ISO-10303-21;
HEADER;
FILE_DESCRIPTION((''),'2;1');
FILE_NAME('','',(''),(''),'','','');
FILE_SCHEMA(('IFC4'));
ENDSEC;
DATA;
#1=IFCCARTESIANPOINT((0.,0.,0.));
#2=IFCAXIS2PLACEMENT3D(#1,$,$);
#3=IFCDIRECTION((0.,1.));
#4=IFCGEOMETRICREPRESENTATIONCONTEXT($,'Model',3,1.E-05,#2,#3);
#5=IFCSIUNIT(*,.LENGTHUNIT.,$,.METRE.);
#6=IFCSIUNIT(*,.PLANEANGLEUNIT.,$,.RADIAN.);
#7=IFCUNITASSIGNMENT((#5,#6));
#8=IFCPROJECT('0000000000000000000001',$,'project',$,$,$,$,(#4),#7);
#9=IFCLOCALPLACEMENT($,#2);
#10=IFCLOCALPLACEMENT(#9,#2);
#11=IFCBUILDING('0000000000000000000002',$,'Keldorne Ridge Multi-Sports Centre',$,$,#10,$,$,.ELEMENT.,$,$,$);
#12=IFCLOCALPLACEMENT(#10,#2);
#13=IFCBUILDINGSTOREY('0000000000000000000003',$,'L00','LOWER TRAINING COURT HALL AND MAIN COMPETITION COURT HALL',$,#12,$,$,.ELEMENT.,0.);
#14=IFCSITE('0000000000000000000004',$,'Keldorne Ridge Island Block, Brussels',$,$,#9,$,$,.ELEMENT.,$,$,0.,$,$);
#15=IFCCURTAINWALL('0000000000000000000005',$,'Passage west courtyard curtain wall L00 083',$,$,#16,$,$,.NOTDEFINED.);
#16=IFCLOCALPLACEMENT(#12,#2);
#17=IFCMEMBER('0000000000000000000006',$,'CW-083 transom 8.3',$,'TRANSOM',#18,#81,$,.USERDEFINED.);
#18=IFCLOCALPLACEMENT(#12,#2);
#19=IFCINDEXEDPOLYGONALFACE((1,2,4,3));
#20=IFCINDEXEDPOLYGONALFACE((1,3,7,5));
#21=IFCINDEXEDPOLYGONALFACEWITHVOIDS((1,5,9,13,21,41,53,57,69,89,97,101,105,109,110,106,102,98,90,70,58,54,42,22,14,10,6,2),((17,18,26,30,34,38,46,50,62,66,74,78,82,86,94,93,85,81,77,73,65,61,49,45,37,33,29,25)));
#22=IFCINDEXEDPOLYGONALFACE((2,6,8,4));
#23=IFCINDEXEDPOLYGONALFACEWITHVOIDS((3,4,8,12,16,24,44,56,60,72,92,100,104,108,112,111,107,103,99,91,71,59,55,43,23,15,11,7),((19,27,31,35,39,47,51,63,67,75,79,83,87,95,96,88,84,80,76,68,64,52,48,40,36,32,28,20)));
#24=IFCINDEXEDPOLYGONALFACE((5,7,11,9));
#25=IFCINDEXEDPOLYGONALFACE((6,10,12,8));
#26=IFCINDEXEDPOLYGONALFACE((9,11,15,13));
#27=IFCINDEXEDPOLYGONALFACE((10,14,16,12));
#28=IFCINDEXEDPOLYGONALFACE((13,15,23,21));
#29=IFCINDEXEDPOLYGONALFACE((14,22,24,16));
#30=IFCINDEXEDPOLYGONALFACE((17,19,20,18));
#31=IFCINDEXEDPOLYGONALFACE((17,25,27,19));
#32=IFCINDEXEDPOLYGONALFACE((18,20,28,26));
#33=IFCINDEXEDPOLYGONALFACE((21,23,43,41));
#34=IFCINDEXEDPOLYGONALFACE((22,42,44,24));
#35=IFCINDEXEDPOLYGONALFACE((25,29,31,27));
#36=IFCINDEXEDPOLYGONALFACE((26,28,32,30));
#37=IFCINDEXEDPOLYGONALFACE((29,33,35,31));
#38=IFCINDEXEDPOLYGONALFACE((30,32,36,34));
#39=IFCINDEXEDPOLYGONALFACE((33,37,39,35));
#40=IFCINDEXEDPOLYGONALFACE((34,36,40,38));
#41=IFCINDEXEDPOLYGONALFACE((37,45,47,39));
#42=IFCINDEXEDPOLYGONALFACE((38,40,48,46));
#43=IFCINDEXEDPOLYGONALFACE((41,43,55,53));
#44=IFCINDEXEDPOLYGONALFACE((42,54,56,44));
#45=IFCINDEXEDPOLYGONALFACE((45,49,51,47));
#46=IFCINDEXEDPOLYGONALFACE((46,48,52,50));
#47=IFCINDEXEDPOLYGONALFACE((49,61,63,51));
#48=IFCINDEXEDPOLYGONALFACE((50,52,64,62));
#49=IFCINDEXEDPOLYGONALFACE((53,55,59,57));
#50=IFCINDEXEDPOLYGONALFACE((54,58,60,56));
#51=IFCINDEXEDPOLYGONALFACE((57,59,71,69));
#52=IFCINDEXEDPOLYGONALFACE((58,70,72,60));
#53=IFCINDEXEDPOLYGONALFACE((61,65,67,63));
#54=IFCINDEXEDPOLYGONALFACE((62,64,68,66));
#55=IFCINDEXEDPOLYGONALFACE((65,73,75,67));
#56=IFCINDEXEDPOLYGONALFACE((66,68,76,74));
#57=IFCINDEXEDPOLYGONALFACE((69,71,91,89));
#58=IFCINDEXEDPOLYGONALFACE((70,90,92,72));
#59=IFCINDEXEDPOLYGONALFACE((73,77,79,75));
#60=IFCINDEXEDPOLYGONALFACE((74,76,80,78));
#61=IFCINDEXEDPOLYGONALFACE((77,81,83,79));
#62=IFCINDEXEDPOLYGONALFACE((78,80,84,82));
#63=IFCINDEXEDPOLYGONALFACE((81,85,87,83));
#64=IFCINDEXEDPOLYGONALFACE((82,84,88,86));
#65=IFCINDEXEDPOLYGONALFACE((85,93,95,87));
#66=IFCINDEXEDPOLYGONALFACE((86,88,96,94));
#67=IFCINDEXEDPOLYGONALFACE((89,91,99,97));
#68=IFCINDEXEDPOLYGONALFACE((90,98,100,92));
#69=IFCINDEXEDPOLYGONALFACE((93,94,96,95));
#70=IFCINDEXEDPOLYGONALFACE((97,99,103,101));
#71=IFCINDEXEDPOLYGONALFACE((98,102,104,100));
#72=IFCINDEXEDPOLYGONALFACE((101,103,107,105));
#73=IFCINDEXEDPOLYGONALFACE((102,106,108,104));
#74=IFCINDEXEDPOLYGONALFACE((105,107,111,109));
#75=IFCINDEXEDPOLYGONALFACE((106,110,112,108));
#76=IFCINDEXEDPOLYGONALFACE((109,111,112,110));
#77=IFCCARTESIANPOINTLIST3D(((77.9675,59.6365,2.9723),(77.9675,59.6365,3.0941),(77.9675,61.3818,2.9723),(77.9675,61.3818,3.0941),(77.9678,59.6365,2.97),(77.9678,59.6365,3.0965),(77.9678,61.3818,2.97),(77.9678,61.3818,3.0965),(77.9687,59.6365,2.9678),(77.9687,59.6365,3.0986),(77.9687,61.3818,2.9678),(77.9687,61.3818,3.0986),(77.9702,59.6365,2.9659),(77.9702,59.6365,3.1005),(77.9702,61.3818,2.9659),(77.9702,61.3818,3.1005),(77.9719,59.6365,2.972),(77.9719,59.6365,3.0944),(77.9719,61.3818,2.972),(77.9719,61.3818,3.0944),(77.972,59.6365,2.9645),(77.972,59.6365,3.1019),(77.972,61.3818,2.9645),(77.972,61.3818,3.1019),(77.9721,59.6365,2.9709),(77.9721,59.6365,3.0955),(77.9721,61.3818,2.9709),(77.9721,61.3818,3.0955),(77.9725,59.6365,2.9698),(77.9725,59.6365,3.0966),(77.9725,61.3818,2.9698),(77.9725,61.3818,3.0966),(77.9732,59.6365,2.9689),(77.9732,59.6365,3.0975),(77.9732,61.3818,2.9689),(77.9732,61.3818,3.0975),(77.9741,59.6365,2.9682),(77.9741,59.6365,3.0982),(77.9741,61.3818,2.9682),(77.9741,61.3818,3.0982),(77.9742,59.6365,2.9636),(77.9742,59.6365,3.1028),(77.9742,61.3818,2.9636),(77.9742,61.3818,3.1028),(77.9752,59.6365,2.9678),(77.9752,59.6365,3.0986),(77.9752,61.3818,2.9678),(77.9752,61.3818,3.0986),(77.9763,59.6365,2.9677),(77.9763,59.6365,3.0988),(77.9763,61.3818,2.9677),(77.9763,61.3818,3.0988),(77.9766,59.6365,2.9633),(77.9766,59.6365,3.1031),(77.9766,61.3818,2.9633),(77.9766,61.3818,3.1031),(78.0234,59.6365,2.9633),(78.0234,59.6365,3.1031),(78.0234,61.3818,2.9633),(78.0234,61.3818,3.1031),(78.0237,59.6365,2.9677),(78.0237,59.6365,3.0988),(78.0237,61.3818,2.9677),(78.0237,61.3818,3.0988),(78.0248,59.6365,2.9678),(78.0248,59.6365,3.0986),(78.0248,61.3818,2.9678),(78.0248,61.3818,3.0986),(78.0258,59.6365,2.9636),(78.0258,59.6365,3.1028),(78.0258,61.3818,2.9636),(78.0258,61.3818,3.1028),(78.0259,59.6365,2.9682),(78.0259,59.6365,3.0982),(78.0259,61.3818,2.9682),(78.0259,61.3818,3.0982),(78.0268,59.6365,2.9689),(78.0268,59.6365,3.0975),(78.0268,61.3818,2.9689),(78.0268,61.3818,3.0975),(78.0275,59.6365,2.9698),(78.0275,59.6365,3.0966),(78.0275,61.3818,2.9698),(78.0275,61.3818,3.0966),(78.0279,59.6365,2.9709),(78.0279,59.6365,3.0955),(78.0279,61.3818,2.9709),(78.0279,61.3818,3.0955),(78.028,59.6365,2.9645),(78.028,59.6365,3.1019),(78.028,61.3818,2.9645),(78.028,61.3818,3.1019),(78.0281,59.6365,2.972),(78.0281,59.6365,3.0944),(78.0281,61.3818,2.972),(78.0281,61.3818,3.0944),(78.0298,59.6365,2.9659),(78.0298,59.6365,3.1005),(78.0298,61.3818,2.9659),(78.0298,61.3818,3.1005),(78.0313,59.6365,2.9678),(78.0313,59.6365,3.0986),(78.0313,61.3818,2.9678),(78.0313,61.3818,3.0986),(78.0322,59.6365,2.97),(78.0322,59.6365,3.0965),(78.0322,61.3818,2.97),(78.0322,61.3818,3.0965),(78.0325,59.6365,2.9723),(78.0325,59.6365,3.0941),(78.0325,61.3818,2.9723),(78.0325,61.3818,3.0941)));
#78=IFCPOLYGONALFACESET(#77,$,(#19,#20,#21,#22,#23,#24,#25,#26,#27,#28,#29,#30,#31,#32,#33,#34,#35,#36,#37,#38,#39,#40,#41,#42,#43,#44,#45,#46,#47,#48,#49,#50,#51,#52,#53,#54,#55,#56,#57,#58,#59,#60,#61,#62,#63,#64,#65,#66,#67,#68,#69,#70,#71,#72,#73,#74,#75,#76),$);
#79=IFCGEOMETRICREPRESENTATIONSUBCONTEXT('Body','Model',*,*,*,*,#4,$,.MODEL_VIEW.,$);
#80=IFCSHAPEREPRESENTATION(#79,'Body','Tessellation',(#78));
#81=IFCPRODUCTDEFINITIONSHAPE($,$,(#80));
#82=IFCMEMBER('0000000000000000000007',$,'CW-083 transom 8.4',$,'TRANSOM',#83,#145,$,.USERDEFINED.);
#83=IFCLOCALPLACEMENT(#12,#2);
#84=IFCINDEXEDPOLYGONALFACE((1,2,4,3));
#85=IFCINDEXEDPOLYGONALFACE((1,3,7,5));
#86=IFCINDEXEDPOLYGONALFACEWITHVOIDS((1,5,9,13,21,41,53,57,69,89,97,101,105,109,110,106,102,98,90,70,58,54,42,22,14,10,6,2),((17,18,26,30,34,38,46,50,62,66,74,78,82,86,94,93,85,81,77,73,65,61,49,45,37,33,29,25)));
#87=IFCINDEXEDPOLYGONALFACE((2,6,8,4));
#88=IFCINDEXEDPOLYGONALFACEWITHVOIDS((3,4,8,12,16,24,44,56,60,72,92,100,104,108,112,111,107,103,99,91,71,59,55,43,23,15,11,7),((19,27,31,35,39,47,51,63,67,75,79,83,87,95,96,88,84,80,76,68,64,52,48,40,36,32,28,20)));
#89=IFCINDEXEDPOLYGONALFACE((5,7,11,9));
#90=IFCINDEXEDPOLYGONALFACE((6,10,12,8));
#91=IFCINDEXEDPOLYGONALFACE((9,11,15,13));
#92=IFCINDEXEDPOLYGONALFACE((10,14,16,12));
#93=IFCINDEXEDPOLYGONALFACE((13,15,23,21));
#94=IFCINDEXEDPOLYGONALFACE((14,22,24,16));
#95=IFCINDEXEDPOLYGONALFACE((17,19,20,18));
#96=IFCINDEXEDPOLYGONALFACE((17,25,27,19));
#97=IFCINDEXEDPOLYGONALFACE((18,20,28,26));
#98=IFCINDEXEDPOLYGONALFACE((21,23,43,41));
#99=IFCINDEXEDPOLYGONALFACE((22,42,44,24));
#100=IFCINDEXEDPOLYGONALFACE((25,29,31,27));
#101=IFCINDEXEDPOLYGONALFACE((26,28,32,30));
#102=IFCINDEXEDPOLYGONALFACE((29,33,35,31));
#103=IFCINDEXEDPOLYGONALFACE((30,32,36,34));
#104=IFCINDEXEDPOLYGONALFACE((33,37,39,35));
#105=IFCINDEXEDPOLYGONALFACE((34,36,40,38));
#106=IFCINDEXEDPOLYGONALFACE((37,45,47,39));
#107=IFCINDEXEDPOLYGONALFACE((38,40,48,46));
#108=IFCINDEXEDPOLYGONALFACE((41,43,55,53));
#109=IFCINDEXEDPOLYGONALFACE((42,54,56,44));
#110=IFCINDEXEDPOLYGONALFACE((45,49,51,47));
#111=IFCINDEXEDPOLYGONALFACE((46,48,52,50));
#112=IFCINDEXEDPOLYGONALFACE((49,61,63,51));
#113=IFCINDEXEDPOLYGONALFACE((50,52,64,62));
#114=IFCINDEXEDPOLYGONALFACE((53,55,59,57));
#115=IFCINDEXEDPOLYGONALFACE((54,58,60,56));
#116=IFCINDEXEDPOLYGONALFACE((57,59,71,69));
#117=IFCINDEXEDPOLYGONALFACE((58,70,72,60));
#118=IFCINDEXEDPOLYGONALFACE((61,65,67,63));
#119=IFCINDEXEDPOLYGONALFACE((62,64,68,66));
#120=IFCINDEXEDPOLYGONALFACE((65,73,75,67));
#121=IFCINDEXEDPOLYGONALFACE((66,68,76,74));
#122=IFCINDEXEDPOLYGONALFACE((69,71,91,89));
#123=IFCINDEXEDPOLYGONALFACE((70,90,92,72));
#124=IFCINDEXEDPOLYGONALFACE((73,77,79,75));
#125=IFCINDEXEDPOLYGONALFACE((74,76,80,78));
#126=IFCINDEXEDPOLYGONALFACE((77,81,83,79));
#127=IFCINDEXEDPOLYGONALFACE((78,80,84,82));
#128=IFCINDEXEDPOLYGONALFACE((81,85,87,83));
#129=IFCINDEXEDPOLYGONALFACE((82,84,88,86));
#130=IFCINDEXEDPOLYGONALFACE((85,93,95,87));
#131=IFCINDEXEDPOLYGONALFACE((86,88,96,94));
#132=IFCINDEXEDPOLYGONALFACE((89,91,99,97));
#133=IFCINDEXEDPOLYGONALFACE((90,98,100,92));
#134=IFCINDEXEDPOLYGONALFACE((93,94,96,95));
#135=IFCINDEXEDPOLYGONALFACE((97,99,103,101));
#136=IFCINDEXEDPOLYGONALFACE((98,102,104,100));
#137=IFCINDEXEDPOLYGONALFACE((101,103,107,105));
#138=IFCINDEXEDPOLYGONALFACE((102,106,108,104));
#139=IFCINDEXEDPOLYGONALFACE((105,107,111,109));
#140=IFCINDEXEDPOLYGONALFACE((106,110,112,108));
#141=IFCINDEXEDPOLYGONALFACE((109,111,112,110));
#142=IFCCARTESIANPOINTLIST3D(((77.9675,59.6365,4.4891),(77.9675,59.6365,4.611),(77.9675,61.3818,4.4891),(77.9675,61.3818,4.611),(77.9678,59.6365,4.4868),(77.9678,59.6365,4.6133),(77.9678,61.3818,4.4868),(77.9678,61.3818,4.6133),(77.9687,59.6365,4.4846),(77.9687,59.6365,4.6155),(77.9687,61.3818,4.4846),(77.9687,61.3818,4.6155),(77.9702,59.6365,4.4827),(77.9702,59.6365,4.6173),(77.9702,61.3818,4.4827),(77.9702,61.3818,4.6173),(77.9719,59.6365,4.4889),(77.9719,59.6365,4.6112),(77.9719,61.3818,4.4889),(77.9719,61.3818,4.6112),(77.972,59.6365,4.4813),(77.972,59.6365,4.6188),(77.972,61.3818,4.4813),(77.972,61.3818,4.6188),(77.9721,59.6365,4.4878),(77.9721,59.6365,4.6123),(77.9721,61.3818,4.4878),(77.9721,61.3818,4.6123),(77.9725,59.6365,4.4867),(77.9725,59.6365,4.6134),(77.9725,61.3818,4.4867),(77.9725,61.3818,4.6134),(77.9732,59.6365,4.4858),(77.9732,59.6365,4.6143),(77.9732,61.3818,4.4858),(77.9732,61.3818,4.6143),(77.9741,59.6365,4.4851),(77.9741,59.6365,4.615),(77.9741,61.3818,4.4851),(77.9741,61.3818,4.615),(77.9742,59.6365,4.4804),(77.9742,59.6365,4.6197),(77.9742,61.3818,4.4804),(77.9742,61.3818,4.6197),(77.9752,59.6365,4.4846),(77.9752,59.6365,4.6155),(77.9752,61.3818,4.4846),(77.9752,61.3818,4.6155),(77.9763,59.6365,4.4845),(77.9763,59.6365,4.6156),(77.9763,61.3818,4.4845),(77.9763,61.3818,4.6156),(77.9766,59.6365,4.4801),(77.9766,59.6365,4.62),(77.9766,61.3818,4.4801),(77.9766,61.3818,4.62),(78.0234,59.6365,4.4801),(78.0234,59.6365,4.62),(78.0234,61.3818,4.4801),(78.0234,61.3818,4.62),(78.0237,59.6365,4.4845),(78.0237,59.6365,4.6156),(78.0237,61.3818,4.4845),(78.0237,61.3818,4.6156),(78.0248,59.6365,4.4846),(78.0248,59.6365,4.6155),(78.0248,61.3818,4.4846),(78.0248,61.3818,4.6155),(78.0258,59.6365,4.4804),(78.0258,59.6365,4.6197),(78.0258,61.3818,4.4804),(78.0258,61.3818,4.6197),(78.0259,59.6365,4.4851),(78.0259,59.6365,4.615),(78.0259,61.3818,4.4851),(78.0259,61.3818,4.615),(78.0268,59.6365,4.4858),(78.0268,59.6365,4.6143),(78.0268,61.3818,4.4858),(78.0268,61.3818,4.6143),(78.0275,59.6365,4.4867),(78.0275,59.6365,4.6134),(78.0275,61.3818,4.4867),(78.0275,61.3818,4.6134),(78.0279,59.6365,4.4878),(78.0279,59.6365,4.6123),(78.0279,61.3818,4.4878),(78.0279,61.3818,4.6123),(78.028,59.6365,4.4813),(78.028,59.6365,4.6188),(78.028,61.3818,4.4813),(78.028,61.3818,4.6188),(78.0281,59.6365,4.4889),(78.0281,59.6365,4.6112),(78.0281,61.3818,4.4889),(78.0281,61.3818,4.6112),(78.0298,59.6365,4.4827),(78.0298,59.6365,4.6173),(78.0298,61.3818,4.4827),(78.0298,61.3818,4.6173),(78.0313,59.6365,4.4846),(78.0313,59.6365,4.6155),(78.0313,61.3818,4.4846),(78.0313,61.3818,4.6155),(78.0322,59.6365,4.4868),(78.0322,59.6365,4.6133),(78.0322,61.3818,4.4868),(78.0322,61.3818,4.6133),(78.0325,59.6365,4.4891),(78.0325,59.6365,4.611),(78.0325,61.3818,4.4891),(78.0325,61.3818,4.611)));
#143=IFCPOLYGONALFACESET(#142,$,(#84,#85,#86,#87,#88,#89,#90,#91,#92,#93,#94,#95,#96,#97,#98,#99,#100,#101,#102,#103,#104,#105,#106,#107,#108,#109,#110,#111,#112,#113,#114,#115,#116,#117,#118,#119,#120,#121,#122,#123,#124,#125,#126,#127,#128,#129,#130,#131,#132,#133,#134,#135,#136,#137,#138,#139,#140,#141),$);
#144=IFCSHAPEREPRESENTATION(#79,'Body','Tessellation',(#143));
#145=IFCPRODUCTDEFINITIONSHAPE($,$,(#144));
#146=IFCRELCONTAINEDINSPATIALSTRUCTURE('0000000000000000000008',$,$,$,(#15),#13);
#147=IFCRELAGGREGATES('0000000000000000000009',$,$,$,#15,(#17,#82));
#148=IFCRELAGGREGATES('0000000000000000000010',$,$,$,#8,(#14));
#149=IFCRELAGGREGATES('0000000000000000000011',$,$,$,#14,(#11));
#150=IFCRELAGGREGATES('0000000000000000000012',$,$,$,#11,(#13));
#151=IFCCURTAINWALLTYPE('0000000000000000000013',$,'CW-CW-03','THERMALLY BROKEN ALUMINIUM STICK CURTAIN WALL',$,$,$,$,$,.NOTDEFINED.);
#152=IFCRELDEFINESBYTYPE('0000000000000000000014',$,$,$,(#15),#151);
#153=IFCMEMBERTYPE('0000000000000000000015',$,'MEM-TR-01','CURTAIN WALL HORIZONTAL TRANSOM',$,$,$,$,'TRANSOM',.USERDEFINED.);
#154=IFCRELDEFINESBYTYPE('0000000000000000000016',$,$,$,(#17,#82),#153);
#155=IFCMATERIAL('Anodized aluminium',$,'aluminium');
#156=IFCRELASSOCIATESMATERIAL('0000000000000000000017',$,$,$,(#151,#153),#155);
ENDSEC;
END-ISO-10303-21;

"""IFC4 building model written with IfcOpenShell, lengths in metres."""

from ifc_helpers import new_model, si_unit, direction, frame, origin, origin_2d, place, context, subcontext, project, spatial, hollow_rectangle, extrude, material, material_profile, profile_set, type_object, element, aggregate, save


model = new_model("IFC4")

# Units and contexts
model_context = context("Model", 3, precision=1e-05, world=origin(), true_north=direction((0.0, 1.0)))
body_context = subcontext(model_context, "Body", "Model", "MODEL_VIEW")
ifc_project = project(units=[si_unit("LENGTHUNIT", "METRE"), si_unit("PLANEANGLEUNIT", "RADIAN")], contexts=[model_context])

# Site, building, storey
site_placement = place(None, origin())
site = spatial("IfcSite", under=ifc_project, at=site_placement, Name="Keldorne Ridge Island Block, Brussels", CompositionType="ELEMENT", RefElevation=0.0)
building_placement = place(site_placement, origin())
building = spatial("IfcBuilding", under=site, at=building_placement, Name="Keldorne Ridge Multi-Sports Centre", CompositionType="ELEMENT")
storey_placement = place(building_placement, origin())
storey = spatial("IfcBuildingStorey", under=building, at=storey_placement, Name="L00", Description="LOWER TRAINING COURT HALL AND MAIN COMPETITION COURT HALL", CompositionType="ELEMENT", Elevation=0.0)

# Curtain wall, members
ifc_material_1 = material(Name="Anodized aluminium", Category="aluminium")
curtain_wall_type = type_object("IfcCurtainWallType", Name="CW-CW-03", Description="THERMALLY BROKEN ALUMINIUM STICK CURTAIN WALL", PredefinedType="NOTDEFINED", material=ifc_material_1)
curtain_wall_placement = place(storey_placement, origin())
curtain_wall = element("IfcCurtainWall", 1, at=curtain_wall_placement, inside=storey, type_object=curtain_wall_type, Name="Passage west courtyard curtain wall L00 083", PredefinedType="NOTDEFINED")
ifc_material_profile_1 = material_profile(ifc_material_1, hollow_rectangle(XDim=0.0649, YDim=0.1399, WallThickness=0.0044, InnerFilletRadius=0.0044, OuterFilletRadius=0.009, at=origin_2d()), Name="ALU TRANSOM 140x65x4.5")
ifc_profile_set_1 = profile_set([ifc_material_profile_1], Name="Anodized aluminium")
member_type_1 = type_object("IfcMemberType", Name="MEM-TR-01", Description="CURTAIN WALL HORIZONTAL TRANSOM", ElementType="TRANSOM", PredefinedType="USERDEFINED", material=ifc_profile_set_1)
member_1_placement = place(storey_placement, frame((78.0, 61.3818, 3.0332), z_axis=(0.0, -1.0, 0.0), x_axis=(1.0, 0.0, 0.0)))
member_1 = element("IfcMember", 2, at=member_1_placement, type_object=member_type_1, Name="CW-083 transom 8.3", ObjectType="TRANSOM", PredefinedType="USERDEFINED", context=body_context, shape_type="SweptSolid", body=[
    extrude(hollow_rectangle(XDim=0.0649, YDim=0.1399, WallThickness=0.0044, InnerFilletRadius=0.0044, OuterFilletRadius=0.009, at=origin_2d()), origin(), (0.0, 0.0, 1.0), 1.7454),
])
member_2_placement = place(storey_placement, frame((78.0, 61.3818, 4.55), z_axis=(0.0, -1.0, 0.0), x_axis=(1.0, 0.0, 0.0)))
member_2 = element("IfcMember", 3, at=member_2_placement, type_object=member_type_1, Name="CW-083 transom 8.4", ObjectType="TRANSOM", PredefinedType="USERDEFINED", context=body_context, shape_type="SweptSolid", body=[
    extrude(hollow_rectangle(XDim=0.0649, YDim=0.1399, WallThickness=0.0044, InnerFilletRadius=0.0044, OuterFilletRadius=0.009, at=origin_2d()), origin(), (0.0, 0.0, 1.0), 1.7454),
])
aggregate(curtain_wall, [member_1, member_2])

save(model, "model.ifc")
